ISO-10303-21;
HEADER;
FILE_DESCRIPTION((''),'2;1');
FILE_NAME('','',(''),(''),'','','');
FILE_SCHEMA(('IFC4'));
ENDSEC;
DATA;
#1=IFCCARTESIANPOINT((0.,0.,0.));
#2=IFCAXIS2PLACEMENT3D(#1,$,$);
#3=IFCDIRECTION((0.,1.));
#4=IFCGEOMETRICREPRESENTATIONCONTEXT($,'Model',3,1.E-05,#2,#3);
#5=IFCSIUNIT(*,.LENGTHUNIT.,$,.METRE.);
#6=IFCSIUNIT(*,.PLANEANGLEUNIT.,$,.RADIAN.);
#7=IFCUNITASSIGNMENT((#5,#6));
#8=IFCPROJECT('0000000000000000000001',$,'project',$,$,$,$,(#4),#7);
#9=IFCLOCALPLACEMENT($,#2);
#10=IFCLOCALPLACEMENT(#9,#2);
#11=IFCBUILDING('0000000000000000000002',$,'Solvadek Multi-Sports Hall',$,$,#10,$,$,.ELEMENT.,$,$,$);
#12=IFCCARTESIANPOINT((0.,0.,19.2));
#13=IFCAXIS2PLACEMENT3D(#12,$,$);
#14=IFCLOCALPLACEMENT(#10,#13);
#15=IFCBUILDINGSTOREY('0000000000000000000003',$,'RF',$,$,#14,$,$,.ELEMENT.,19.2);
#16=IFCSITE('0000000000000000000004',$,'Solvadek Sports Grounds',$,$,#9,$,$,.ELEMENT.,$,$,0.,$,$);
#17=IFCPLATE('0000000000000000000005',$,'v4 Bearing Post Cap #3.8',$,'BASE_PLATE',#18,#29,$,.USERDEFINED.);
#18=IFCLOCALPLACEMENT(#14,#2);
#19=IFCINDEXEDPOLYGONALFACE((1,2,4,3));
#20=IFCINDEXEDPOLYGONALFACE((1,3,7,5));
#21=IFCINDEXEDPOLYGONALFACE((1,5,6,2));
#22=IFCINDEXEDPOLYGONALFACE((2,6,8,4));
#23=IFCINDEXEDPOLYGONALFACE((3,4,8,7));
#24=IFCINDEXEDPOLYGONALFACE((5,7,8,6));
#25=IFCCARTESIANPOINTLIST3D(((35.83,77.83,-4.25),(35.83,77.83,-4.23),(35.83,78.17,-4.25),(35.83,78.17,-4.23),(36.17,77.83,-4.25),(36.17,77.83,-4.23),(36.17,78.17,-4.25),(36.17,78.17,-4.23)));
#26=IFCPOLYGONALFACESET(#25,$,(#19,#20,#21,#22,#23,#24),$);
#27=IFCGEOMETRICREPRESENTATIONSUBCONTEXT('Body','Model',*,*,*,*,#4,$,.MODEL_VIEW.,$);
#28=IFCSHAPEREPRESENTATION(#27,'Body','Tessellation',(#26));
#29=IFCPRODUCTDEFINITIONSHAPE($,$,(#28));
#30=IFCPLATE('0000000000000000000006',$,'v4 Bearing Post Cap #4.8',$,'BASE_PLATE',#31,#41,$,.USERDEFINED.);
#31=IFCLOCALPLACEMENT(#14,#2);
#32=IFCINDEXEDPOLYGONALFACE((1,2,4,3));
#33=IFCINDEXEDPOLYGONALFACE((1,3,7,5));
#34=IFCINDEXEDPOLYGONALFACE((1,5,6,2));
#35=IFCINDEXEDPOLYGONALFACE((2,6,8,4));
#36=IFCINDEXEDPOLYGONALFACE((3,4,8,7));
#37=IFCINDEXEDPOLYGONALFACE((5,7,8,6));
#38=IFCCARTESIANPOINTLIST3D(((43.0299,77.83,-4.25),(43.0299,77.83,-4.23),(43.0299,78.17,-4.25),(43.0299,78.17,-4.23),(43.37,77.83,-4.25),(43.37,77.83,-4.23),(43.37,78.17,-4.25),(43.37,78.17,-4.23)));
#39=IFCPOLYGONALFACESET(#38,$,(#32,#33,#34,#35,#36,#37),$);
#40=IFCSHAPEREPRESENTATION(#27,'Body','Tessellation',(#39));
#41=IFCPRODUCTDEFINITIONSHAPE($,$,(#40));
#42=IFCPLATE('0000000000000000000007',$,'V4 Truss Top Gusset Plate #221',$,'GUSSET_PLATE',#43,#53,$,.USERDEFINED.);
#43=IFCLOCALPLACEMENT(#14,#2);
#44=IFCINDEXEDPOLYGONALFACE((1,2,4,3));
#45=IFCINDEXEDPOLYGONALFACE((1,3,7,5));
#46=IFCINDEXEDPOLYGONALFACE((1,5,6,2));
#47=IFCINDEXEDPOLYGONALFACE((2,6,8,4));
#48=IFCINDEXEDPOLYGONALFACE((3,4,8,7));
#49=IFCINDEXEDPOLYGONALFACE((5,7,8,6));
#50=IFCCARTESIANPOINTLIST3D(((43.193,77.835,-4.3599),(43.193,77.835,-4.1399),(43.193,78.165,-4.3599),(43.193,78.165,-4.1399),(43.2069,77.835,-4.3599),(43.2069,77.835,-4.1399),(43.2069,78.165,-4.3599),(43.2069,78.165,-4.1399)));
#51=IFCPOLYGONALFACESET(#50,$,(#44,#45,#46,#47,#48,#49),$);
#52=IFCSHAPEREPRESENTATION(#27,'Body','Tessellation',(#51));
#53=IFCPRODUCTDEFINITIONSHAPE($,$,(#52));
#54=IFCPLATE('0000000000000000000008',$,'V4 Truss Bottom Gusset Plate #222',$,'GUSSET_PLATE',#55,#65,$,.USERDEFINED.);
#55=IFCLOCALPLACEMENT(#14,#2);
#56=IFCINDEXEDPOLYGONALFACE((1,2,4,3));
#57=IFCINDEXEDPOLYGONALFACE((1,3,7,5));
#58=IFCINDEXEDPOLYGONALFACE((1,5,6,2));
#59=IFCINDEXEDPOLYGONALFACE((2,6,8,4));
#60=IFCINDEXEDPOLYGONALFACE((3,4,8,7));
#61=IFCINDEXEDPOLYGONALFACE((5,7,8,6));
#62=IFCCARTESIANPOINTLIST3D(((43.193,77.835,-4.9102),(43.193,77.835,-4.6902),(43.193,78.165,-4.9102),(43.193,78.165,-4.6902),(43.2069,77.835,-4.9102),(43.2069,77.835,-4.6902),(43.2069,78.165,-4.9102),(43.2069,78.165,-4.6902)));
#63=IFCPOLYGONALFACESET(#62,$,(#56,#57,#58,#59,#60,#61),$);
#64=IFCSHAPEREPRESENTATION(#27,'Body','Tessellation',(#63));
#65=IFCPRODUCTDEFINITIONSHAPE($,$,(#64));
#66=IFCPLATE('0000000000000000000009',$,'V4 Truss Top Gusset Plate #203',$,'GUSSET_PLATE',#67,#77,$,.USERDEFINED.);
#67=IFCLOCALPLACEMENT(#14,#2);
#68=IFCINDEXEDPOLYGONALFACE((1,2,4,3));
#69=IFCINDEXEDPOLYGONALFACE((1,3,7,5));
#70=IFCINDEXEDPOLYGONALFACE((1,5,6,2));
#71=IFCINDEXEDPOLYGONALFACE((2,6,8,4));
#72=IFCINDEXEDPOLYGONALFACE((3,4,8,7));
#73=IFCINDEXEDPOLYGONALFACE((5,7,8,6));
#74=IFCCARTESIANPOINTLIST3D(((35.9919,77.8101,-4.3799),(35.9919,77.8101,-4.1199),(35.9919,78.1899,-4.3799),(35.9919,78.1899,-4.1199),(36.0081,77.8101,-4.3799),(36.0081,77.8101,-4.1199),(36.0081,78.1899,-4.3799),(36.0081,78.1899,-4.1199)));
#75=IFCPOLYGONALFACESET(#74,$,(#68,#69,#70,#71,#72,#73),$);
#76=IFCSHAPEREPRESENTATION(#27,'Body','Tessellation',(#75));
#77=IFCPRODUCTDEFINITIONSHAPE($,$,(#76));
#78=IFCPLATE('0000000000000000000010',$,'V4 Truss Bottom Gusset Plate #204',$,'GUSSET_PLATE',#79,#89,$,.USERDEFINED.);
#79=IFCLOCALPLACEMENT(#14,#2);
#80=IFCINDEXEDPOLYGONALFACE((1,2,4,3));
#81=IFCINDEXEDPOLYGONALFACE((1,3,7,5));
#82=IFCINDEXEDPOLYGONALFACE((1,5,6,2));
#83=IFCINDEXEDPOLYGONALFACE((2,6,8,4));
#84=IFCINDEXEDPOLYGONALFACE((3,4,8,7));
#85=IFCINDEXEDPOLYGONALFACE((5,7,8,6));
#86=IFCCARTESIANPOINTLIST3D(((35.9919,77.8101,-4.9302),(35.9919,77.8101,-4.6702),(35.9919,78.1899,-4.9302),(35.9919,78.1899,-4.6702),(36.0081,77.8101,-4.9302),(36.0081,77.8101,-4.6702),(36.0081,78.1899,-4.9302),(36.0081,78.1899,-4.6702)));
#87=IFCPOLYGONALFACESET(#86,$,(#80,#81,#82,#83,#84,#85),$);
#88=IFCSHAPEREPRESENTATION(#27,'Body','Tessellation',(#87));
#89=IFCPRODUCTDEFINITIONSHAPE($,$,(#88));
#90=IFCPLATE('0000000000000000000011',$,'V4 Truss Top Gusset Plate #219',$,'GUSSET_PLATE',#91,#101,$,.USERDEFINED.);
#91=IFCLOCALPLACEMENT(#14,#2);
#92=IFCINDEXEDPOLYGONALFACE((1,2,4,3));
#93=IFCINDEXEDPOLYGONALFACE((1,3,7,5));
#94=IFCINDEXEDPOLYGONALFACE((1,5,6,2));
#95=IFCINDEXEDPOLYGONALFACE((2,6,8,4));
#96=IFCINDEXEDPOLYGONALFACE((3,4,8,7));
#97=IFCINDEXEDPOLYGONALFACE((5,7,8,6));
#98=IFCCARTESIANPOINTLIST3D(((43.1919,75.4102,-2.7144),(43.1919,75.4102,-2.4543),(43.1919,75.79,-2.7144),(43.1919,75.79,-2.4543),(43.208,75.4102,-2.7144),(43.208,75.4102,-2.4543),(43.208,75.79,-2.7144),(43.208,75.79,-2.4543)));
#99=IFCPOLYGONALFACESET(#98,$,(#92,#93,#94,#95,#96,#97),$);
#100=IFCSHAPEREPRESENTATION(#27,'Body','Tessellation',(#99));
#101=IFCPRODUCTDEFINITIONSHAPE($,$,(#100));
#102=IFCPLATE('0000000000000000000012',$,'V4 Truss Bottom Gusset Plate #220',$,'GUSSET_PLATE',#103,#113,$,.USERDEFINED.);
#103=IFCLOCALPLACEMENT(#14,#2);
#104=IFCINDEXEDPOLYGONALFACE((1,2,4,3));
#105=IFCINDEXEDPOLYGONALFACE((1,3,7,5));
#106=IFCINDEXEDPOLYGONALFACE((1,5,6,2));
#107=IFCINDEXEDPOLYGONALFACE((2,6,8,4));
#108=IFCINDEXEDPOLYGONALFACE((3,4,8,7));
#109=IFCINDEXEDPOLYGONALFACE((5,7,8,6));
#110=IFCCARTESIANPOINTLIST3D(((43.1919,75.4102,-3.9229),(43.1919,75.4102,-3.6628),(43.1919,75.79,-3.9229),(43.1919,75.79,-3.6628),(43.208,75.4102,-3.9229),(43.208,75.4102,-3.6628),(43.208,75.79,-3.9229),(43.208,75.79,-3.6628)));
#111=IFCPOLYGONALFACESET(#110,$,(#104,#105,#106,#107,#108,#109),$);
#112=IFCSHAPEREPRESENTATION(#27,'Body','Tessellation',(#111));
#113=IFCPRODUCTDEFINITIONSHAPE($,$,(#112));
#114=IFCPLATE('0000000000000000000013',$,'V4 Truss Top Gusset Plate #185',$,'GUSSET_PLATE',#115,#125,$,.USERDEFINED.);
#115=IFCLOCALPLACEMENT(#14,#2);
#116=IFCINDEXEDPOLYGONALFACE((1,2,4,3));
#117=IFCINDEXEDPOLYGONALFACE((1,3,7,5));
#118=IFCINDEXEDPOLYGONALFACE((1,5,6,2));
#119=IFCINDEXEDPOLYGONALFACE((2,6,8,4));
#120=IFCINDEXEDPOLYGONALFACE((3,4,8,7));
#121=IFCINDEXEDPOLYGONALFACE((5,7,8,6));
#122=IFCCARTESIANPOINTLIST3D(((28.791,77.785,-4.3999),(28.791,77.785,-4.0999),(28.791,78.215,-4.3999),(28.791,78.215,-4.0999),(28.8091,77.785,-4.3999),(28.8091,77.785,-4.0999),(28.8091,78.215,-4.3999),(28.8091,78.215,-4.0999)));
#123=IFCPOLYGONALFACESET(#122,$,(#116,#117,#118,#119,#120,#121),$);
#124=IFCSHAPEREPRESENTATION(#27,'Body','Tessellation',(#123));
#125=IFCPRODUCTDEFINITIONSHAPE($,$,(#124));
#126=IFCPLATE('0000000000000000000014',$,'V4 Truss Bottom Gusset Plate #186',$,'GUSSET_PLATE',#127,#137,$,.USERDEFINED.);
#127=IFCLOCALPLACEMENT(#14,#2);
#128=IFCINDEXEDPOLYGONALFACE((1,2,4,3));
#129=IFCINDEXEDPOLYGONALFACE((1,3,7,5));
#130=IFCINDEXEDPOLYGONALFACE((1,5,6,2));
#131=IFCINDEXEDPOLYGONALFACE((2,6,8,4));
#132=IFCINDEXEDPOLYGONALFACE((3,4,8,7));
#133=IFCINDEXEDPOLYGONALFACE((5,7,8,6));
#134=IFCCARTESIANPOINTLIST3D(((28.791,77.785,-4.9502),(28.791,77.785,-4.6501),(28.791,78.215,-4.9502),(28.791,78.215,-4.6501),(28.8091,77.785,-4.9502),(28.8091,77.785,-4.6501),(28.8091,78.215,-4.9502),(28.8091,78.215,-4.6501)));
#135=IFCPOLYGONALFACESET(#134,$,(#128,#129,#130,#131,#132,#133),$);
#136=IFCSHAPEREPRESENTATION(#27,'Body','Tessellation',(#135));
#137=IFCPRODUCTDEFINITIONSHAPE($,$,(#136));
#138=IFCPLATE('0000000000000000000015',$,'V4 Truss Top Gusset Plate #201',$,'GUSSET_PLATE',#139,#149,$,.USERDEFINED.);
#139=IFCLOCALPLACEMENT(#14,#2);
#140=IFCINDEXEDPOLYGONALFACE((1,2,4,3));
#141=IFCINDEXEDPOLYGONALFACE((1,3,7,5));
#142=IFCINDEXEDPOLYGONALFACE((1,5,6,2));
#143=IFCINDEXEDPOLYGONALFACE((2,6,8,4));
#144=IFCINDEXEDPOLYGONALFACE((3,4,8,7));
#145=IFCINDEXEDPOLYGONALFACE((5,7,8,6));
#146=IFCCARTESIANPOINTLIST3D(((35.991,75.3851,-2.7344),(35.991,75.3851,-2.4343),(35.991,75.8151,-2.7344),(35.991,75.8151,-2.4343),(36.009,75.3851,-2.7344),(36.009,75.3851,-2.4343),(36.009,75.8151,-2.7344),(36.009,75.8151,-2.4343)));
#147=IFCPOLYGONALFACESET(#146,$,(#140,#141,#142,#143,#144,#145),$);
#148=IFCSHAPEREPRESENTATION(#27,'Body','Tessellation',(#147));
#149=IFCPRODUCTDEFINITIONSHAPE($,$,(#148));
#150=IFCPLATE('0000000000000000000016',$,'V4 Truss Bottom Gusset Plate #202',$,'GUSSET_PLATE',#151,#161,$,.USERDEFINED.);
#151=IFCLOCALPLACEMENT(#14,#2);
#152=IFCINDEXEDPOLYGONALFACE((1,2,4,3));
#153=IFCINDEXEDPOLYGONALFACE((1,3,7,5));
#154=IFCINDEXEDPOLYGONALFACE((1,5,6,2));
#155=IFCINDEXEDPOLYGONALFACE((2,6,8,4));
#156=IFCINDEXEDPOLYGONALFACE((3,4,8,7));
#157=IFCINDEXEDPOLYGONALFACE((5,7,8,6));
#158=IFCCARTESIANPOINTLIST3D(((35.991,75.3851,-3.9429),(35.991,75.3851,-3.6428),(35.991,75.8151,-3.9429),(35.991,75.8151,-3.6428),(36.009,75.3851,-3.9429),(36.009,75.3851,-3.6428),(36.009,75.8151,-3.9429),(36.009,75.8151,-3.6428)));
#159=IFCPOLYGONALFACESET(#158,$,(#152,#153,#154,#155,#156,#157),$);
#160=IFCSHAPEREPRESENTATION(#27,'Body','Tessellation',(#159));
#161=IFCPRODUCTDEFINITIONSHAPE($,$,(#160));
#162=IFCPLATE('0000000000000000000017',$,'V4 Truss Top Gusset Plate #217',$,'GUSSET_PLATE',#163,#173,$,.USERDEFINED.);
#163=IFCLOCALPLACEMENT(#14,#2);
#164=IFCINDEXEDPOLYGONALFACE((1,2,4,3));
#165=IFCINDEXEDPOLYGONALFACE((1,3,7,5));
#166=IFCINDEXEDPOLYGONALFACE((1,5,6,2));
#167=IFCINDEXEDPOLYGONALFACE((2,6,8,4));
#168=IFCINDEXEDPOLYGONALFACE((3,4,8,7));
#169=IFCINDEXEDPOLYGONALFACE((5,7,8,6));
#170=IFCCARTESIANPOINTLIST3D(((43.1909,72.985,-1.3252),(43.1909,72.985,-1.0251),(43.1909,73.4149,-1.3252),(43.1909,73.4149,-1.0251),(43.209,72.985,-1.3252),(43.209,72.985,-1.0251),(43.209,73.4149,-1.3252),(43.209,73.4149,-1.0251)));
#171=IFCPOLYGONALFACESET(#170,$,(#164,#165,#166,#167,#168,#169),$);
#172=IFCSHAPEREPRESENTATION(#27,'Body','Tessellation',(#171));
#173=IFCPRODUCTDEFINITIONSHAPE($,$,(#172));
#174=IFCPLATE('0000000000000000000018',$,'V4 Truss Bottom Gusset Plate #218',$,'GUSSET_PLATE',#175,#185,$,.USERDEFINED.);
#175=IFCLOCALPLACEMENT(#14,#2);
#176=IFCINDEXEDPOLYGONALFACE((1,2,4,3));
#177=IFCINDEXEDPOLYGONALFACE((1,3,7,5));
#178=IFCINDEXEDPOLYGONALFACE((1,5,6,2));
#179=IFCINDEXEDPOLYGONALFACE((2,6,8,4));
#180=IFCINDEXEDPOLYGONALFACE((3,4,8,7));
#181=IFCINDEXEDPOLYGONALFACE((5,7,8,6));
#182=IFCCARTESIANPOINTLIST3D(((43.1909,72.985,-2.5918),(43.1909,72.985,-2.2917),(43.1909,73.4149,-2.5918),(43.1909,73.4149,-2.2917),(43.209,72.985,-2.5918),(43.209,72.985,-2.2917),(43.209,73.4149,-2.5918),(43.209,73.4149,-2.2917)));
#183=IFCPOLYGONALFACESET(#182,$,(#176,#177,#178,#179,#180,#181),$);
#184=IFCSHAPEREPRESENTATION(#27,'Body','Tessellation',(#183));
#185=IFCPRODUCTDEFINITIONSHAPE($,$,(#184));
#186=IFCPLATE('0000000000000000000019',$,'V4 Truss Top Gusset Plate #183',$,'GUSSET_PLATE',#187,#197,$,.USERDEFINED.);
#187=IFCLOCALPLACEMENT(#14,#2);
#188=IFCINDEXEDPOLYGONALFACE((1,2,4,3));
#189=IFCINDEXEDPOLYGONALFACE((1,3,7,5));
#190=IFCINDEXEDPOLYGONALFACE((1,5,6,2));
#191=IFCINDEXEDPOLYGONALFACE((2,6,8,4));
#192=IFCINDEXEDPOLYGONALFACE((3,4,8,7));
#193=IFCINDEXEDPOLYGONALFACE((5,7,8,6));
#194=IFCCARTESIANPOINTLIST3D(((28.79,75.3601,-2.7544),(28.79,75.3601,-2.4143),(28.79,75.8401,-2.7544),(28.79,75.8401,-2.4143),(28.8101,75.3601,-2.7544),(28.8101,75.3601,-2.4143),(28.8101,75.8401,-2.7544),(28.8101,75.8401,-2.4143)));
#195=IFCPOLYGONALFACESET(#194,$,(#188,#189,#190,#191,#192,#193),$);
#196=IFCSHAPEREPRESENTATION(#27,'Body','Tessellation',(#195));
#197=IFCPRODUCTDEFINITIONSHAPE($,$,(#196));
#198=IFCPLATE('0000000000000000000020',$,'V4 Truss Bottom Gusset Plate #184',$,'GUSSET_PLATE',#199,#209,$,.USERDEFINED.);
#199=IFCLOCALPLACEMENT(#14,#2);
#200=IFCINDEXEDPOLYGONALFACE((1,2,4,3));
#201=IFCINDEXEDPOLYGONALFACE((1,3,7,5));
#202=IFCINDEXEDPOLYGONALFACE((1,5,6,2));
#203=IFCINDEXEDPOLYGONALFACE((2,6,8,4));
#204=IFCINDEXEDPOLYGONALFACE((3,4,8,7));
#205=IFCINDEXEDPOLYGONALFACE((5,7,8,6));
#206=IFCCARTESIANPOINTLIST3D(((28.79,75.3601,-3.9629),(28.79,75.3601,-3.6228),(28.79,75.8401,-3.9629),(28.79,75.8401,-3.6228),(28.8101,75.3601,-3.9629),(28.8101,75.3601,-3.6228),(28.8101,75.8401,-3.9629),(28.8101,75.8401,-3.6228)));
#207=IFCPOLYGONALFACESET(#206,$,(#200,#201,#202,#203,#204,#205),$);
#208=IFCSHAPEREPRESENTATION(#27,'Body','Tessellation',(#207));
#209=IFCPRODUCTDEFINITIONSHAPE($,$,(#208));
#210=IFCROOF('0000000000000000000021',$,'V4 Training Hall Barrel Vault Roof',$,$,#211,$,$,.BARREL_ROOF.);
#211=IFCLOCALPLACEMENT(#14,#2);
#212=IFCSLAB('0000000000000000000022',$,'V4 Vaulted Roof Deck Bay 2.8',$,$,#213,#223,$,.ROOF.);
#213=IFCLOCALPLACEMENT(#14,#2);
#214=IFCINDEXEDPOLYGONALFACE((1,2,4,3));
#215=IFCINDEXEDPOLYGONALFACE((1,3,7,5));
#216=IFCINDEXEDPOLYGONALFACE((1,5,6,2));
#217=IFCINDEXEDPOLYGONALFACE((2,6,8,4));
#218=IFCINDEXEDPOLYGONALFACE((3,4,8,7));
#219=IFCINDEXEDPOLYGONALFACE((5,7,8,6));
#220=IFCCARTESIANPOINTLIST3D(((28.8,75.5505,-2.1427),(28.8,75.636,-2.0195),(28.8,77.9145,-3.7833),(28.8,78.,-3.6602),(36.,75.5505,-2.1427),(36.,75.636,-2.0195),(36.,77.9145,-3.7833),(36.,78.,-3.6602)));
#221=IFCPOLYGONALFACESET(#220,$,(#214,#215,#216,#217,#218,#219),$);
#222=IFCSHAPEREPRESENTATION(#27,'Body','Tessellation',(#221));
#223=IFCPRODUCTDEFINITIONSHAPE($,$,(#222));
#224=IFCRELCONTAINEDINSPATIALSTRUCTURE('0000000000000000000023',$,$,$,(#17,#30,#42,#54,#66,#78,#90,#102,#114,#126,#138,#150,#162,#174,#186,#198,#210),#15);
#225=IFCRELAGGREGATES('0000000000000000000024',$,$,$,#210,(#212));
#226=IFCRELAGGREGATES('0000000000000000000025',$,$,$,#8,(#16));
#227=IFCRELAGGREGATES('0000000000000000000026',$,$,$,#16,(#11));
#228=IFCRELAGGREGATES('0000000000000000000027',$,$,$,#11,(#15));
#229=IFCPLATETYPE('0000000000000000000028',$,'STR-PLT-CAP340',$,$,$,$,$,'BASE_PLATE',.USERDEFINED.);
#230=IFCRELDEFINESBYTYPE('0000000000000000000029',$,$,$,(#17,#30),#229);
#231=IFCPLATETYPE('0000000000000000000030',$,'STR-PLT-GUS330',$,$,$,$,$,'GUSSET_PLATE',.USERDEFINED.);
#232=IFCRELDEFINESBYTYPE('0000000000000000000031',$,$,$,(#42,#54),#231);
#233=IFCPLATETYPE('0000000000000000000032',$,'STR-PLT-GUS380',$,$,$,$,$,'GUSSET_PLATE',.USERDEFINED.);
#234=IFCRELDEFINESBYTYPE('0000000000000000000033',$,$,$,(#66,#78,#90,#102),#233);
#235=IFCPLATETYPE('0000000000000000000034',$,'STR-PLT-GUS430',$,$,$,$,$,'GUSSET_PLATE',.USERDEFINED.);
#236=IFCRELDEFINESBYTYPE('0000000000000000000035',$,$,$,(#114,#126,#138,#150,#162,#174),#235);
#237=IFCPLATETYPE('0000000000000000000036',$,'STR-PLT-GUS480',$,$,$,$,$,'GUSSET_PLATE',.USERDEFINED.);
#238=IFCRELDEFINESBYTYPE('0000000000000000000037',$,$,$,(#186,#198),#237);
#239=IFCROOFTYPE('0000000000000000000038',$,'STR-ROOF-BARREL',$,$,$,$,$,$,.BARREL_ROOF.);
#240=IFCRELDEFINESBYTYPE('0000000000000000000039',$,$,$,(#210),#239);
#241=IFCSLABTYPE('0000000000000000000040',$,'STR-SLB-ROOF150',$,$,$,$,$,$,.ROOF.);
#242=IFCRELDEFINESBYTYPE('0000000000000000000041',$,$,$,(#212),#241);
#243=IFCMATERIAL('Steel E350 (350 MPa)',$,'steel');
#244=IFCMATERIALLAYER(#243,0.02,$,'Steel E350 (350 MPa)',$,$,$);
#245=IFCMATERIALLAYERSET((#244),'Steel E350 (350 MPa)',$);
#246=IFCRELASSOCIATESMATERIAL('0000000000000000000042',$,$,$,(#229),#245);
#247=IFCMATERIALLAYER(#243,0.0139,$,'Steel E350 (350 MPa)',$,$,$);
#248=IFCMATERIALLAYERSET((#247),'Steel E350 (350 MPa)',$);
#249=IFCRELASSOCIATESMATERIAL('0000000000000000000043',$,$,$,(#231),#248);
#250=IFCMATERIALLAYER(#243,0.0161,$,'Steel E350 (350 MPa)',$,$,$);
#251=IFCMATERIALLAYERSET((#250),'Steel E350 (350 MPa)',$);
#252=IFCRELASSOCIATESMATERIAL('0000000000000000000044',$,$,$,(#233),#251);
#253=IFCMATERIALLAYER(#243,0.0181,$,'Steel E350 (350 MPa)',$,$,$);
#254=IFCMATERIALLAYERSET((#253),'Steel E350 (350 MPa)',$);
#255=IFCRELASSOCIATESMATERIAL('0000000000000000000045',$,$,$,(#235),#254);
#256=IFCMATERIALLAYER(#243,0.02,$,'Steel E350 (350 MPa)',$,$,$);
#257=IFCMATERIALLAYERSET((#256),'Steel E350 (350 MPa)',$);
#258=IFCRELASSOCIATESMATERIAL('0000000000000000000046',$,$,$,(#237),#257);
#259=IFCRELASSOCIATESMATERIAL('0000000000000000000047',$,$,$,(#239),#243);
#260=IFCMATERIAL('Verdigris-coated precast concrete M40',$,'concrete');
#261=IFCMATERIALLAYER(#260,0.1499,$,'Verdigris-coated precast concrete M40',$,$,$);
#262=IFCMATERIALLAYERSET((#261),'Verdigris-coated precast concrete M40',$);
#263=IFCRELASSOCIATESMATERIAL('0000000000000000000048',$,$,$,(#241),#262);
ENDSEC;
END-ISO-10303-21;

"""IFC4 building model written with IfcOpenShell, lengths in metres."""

from ifc_helpers import new_model, si_unit, direction, frame, origin, origin_2d, place, context, subcontext, project, spatial, polyline, rectangle, outline, extrude, material, layer, layer_set, type_object, element, aggregate, save


model = new_model("IFC4")

# Units and contexts
model_context = context("Model", 3, precision=1e-05, world=origin(), true_north=direction((0.0, 1.0)))
body_context = subcontext(model_context, "Body", "Model", "MODEL_VIEW")
ifc_project = project(units=[si_unit("LENGTHUNIT", "METRE"), si_unit("PLANEANGLEUNIT", "RADIAN")], contexts=[model_context])

# Site, building, storey
site_placement = place(None, origin())
site = spatial("IfcSite", under=ifc_project, at=site_placement, Name="Solvadek Sports Grounds", CompositionType="ELEMENT", RefElevation=0.0)
building_placement = place(site_placement, origin())
building = spatial("IfcBuilding", under=site, at=building_placement, Name="Solvadek Multi-Sports Hall", CompositionType="ELEMENT")
storey_placement = place(building_placement, frame((0.0, 0.0, 19.2)))
storey = spatial("IfcBuildingStorey", under=building, at=storey_placement, Name="RF", CompositionType="ELEMENT", Elevation=19.2)

# Shared definitions
ifc_material_1 = material(Name="Steel E350 (350 MPa)", Category="steel")

# Plates
ifc_layer_1 = layer(ifc_material_1, 0.02, Name="Steel E350 (350 MPa)")
ifc_layer_set_1 = layer_set([ifc_layer_1], Name="Steel E350 (350 MPa)")
plate_type_1 = type_object("IfcPlateType", Name="STR-PLT-CAP340", ElementType="BASE_PLATE", PredefinedType="USERDEFINED", material=ifc_layer_set_1)
for number, where, z_axis, x_axis, name in (
    (1, (36.0, 78.0, -4.25), (0.0, 0.0, 1.0), (1.0, 0.0, 0.0), "v4 Bearing Post Cap #3.8"),
    (2, (43.2, 78.0, -4.25), (0.0, 0.0, 1.0), (1.0, 0.0, 0.0), "v4 Bearing Post Cap #4.8"),
):
    element("IfcPlate", number, at=place(storey_placement, frame(where, z_axis=z_axis, x_axis=x_axis)), inside=storey, type_object=plate_type_1, Name=name, ObjectType="BASE_PLATE", PredefinedType="USERDEFINED", context=body_context, shape_type="SweptSolid", body=[
        extrude(rectangle(XDim=0.3401, YDim=0.3401, at=origin_2d()), origin(), (0.0, 0.0, 1.0), 0.02),
    ])
ifc_layer_2 = layer(ifc_material_1, 0.0139, Name="Steel E350 (350 MPa)")
ifc_layer_set_2 = layer_set([ifc_layer_2], Name="Steel E350 (350 MPa)")
plate_type_2 = type_object("IfcPlateType", Name="STR-PLT-GUS330", ElementType="GUSSET_PLATE", PredefinedType="USERDEFINED", material=ifc_layer_set_2)
for number, where, z_axis, x_axis, name in (
    (3, (43.2, 78.0, -4.3599), (0.0, 0.0, 1.0), (0.0, 1.0, 0.0), "V4 Truss Top Gusset Plate #221"),
    (4, (43.2, 78.0, -4.9102), (0.0, 0.0, 1.0), (0.0, 1.0, 0.0), "V4 Truss Bottom Gusset Plate #222"),
):
    element("IfcPlate", number, at=place(storey_placement, frame(where, z_axis=z_axis, x_axis=x_axis)), inside=storey, type_object=plate_type_2, Name=name, ObjectType="GUSSET_PLATE", PredefinedType="USERDEFINED", context=body_context, shape_type="SweptSolid", body=[
        extrude(rectangle(XDim=0.3301, YDim=0.0139, at=origin_2d()), origin(), (0.0, 0.0, 1.0), 0.22),
    ])
ifc_layer_3 = layer(ifc_material_1, 0.0161, Name="Steel E350 (350 MPa)")
ifc_layer_set_3 = layer_set([ifc_layer_3], Name="Steel E350 (350 MPa)")
plate_type_3 = type_object("IfcPlateType", Name="STR-PLT-GUS380", ElementType="GUSSET_PLATE", PredefinedType="USERDEFINED", material=ifc_layer_set_3)
for number, where, z_axis, x_axis, name in (
    (5, (36.0, 78.0, -4.3799), (0.0, 0.0, 1.0), (0.0, 1.0, 0.0), "V4 Truss Top Gusset Plate #203"),
    (6, (36.0, 78.0, -4.9302), (0.0, 0.0, 1.0), (0.0, 1.0, 0.0), "V4 Truss Bottom Gusset Plate #204"),
    (7, (43.2, 75.6001, -2.7144), (0.0, 0.0, 1.0), (0.0, 1.0, 0.0), "V4 Truss Top Gusset Plate #219"),
    (8, (43.2, 75.6001, -3.9229), (0.0, 0.0, 1.0), (0.0, 1.0, 0.0), "V4 Truss Bottom Gusset Plate #220"),
):
    element("IfcPlate", number, at=place(storey_placement, frame(where, z_axis=z_axis, x_axis=x_axis)), inside=storey, type_object=plate_type_3, Name=name, ObjectType="GUSSET_PLATE", PredefinedType="USERDEFINED", context=body_context, shape_type="SweptSolid", body=[
        extrude(rectangle(XDim=0.3799, YDim=0.0161, at=origin_2d()), origin(), (0.0, 0.0, 1.0), 0.26),
    ])
ifc_layer_4 = layer(ifc_material_1, 0.0181, Name="Steel E350 (350 MPa)")
ifc_layer_set_4 = layer_set([ifc_layer_4], Name="Steel E350 (350 MPa)")
plate_type_4 = type_object("IfcPlateType", Name="STR-PLT-GUS430", ElementType="GUSSET_PLATE", PredefinedType="USERDEFINED", material=ifc_layer_set_4)
for number, where, z_axis, x_axis, name in (
    (9, (28.8, 78.0, -4.3999), (0.0, 0.0, 1.0), (0.0, 1.0, 0.0), "V4 Truss Top Gusset Plate #185"),
    (10, (28.8, 78.0, -4.9502), (0.0, 0.0, 1.0), (0.0, 1.0, 0.0), "V4 Truss Bottom Gusset Plate #186"),
    (11, (36.0, 75.6001, -2.7344), (0.0, 0.0, 1.0), (0.0, 1.0, 0.0), "V4 Truss Top Gusset Plate #201"),
    (12, (36.0, 75.6001, -3.9429), (0.0, 0.0, 1.0), (0.0, 1.0, 0.0), "V4 Truss Bottom Gusset Plate #202"),
    (13, (43.2, 73.2, -1.3252), (0.0, 0.0, 1.0), (0.0, 1.0, 0.0), "V4 Truss Top Gusset Plate #217"),
    (14, (43.2, 73.2, -2.5918), (0.0, 0.0, 1.0), (0.0, 1.0, 0.0), "V4 Truss Bottom Gusset Plate #218"),
):
    element("IfcPlate", number, at=place(storey_placement, frame(where, z_axis=z_axis, x_axis=x_axis)), inside=storey, type_object=plate_type_4, Name=name, ObjectType="GUSSET_PLATE", PredefinedType="USERDEFINED", context=body_context, shape_type="SweptSolid", body=[
        extrude(rectangle(XDim=0.4299, YDim=0.0181, at=origin_2d()), origin(), (0.0, 0.0, 1.0), 0.3),
    ])
ifc_layer_5 = layer(ifc_material_1, 0.02, Name="Steel E350 (350 MPa)")
ifc_layer_set_5 = layer_set([ifc_layer_5], Name="Steel E350 (350 MPa)")
plate_type_5 = type_object("IfcPlateType", Name="STR-PLT-GUS480", ElementType="GUSSET_PLATE", PredefinedType="USERDEFINED", material=ifc_layer_set_5)
for number, where, z_axis, x_axis, name in (
    (15, (28.8, 75.6001, -2.7544), (0.0, 0.0, 1.0), (0.0, 1.0, 0.0), "V4 Truss Top Gusset Plate #183"),
    (16, (28.8, 75.6001, -3.9629), (0.0, 0.0, 1.0), (0.0, 1.0, 0.0), "V4 Truss Bottom Gusset Plate #184"),
):
    element("IfcPlate", number, at=place(storey_placement, frame(where, z_axis=z_axis, x_axis=x_axis)), inside=storey, type_object=plate_type_5, Name=name, ObjectType="GUSSET_PLATE", PredefinedType="USERDEFINED", context=body_context, shape_type="SweptSolid", body=[
        extrude(rectangle(XDim=0.48, YDim=0.02, at=origin_2d()), origin(), (0.0, 0.0, 1.0), 0.3401),
    ])

# Roof, slab
roof_type = type_object("IfcRoofType", Name="STR-ROOF-BARREL", PredefinedType="BARREL_ROOF", material=ifc_material_1)
roof_placement = place(storey_placement, origin())
roof = element("IfcRoof", 17, at=roof_placement, inside=storey, type_object=roof_type, Name="V4 Training Hall Barrel Vault Roof", PredefinedType="BARREL_ROOF")
ifc_material_2 = material(Name="Verdigris-coated precast concrete M40", Category="concrete")
ifc_layer_6 = layer(ifc_material_2, 0.1499, Name="Verdigris-coated precast concrete M40")
ifc_layer_set_6 = layer_set([ifc_layer_6], Name="Verdigris-coated precast concrete M40")
slab_type = type_object("IfcSlabType", Name="STR-SLB-ROOF150", PredefinedType="ROOF", material=ifc_layer_set_6)
slab_1_placement = place(storey_placement, frame((28.8, 75.636, -2.0195), z_axis=(0.0, 0.570149, 0.821541), x_axis=(1.0, 0.0, 0.0)))
slab_1 = element("IfcSlab", 18, at=slab_1_placement, type_object=slab_type, Name="V4 Vaulted Roof Deck Bay 2.8", PredefinedType="ROOF", context=body_context, shape_type="SweptSolid", body=[
    extrude(outline(polyline([(0.0, 0.0), (7.2, 0.0), (7.2, 2.8775), (0.0, 2.8775), (0.0, 0.0)])), origin(), (0.0, 0.0, -1.0), 0.1499),
])
aggregate(roof, [slab_1])

save(model, "model.ifc")
